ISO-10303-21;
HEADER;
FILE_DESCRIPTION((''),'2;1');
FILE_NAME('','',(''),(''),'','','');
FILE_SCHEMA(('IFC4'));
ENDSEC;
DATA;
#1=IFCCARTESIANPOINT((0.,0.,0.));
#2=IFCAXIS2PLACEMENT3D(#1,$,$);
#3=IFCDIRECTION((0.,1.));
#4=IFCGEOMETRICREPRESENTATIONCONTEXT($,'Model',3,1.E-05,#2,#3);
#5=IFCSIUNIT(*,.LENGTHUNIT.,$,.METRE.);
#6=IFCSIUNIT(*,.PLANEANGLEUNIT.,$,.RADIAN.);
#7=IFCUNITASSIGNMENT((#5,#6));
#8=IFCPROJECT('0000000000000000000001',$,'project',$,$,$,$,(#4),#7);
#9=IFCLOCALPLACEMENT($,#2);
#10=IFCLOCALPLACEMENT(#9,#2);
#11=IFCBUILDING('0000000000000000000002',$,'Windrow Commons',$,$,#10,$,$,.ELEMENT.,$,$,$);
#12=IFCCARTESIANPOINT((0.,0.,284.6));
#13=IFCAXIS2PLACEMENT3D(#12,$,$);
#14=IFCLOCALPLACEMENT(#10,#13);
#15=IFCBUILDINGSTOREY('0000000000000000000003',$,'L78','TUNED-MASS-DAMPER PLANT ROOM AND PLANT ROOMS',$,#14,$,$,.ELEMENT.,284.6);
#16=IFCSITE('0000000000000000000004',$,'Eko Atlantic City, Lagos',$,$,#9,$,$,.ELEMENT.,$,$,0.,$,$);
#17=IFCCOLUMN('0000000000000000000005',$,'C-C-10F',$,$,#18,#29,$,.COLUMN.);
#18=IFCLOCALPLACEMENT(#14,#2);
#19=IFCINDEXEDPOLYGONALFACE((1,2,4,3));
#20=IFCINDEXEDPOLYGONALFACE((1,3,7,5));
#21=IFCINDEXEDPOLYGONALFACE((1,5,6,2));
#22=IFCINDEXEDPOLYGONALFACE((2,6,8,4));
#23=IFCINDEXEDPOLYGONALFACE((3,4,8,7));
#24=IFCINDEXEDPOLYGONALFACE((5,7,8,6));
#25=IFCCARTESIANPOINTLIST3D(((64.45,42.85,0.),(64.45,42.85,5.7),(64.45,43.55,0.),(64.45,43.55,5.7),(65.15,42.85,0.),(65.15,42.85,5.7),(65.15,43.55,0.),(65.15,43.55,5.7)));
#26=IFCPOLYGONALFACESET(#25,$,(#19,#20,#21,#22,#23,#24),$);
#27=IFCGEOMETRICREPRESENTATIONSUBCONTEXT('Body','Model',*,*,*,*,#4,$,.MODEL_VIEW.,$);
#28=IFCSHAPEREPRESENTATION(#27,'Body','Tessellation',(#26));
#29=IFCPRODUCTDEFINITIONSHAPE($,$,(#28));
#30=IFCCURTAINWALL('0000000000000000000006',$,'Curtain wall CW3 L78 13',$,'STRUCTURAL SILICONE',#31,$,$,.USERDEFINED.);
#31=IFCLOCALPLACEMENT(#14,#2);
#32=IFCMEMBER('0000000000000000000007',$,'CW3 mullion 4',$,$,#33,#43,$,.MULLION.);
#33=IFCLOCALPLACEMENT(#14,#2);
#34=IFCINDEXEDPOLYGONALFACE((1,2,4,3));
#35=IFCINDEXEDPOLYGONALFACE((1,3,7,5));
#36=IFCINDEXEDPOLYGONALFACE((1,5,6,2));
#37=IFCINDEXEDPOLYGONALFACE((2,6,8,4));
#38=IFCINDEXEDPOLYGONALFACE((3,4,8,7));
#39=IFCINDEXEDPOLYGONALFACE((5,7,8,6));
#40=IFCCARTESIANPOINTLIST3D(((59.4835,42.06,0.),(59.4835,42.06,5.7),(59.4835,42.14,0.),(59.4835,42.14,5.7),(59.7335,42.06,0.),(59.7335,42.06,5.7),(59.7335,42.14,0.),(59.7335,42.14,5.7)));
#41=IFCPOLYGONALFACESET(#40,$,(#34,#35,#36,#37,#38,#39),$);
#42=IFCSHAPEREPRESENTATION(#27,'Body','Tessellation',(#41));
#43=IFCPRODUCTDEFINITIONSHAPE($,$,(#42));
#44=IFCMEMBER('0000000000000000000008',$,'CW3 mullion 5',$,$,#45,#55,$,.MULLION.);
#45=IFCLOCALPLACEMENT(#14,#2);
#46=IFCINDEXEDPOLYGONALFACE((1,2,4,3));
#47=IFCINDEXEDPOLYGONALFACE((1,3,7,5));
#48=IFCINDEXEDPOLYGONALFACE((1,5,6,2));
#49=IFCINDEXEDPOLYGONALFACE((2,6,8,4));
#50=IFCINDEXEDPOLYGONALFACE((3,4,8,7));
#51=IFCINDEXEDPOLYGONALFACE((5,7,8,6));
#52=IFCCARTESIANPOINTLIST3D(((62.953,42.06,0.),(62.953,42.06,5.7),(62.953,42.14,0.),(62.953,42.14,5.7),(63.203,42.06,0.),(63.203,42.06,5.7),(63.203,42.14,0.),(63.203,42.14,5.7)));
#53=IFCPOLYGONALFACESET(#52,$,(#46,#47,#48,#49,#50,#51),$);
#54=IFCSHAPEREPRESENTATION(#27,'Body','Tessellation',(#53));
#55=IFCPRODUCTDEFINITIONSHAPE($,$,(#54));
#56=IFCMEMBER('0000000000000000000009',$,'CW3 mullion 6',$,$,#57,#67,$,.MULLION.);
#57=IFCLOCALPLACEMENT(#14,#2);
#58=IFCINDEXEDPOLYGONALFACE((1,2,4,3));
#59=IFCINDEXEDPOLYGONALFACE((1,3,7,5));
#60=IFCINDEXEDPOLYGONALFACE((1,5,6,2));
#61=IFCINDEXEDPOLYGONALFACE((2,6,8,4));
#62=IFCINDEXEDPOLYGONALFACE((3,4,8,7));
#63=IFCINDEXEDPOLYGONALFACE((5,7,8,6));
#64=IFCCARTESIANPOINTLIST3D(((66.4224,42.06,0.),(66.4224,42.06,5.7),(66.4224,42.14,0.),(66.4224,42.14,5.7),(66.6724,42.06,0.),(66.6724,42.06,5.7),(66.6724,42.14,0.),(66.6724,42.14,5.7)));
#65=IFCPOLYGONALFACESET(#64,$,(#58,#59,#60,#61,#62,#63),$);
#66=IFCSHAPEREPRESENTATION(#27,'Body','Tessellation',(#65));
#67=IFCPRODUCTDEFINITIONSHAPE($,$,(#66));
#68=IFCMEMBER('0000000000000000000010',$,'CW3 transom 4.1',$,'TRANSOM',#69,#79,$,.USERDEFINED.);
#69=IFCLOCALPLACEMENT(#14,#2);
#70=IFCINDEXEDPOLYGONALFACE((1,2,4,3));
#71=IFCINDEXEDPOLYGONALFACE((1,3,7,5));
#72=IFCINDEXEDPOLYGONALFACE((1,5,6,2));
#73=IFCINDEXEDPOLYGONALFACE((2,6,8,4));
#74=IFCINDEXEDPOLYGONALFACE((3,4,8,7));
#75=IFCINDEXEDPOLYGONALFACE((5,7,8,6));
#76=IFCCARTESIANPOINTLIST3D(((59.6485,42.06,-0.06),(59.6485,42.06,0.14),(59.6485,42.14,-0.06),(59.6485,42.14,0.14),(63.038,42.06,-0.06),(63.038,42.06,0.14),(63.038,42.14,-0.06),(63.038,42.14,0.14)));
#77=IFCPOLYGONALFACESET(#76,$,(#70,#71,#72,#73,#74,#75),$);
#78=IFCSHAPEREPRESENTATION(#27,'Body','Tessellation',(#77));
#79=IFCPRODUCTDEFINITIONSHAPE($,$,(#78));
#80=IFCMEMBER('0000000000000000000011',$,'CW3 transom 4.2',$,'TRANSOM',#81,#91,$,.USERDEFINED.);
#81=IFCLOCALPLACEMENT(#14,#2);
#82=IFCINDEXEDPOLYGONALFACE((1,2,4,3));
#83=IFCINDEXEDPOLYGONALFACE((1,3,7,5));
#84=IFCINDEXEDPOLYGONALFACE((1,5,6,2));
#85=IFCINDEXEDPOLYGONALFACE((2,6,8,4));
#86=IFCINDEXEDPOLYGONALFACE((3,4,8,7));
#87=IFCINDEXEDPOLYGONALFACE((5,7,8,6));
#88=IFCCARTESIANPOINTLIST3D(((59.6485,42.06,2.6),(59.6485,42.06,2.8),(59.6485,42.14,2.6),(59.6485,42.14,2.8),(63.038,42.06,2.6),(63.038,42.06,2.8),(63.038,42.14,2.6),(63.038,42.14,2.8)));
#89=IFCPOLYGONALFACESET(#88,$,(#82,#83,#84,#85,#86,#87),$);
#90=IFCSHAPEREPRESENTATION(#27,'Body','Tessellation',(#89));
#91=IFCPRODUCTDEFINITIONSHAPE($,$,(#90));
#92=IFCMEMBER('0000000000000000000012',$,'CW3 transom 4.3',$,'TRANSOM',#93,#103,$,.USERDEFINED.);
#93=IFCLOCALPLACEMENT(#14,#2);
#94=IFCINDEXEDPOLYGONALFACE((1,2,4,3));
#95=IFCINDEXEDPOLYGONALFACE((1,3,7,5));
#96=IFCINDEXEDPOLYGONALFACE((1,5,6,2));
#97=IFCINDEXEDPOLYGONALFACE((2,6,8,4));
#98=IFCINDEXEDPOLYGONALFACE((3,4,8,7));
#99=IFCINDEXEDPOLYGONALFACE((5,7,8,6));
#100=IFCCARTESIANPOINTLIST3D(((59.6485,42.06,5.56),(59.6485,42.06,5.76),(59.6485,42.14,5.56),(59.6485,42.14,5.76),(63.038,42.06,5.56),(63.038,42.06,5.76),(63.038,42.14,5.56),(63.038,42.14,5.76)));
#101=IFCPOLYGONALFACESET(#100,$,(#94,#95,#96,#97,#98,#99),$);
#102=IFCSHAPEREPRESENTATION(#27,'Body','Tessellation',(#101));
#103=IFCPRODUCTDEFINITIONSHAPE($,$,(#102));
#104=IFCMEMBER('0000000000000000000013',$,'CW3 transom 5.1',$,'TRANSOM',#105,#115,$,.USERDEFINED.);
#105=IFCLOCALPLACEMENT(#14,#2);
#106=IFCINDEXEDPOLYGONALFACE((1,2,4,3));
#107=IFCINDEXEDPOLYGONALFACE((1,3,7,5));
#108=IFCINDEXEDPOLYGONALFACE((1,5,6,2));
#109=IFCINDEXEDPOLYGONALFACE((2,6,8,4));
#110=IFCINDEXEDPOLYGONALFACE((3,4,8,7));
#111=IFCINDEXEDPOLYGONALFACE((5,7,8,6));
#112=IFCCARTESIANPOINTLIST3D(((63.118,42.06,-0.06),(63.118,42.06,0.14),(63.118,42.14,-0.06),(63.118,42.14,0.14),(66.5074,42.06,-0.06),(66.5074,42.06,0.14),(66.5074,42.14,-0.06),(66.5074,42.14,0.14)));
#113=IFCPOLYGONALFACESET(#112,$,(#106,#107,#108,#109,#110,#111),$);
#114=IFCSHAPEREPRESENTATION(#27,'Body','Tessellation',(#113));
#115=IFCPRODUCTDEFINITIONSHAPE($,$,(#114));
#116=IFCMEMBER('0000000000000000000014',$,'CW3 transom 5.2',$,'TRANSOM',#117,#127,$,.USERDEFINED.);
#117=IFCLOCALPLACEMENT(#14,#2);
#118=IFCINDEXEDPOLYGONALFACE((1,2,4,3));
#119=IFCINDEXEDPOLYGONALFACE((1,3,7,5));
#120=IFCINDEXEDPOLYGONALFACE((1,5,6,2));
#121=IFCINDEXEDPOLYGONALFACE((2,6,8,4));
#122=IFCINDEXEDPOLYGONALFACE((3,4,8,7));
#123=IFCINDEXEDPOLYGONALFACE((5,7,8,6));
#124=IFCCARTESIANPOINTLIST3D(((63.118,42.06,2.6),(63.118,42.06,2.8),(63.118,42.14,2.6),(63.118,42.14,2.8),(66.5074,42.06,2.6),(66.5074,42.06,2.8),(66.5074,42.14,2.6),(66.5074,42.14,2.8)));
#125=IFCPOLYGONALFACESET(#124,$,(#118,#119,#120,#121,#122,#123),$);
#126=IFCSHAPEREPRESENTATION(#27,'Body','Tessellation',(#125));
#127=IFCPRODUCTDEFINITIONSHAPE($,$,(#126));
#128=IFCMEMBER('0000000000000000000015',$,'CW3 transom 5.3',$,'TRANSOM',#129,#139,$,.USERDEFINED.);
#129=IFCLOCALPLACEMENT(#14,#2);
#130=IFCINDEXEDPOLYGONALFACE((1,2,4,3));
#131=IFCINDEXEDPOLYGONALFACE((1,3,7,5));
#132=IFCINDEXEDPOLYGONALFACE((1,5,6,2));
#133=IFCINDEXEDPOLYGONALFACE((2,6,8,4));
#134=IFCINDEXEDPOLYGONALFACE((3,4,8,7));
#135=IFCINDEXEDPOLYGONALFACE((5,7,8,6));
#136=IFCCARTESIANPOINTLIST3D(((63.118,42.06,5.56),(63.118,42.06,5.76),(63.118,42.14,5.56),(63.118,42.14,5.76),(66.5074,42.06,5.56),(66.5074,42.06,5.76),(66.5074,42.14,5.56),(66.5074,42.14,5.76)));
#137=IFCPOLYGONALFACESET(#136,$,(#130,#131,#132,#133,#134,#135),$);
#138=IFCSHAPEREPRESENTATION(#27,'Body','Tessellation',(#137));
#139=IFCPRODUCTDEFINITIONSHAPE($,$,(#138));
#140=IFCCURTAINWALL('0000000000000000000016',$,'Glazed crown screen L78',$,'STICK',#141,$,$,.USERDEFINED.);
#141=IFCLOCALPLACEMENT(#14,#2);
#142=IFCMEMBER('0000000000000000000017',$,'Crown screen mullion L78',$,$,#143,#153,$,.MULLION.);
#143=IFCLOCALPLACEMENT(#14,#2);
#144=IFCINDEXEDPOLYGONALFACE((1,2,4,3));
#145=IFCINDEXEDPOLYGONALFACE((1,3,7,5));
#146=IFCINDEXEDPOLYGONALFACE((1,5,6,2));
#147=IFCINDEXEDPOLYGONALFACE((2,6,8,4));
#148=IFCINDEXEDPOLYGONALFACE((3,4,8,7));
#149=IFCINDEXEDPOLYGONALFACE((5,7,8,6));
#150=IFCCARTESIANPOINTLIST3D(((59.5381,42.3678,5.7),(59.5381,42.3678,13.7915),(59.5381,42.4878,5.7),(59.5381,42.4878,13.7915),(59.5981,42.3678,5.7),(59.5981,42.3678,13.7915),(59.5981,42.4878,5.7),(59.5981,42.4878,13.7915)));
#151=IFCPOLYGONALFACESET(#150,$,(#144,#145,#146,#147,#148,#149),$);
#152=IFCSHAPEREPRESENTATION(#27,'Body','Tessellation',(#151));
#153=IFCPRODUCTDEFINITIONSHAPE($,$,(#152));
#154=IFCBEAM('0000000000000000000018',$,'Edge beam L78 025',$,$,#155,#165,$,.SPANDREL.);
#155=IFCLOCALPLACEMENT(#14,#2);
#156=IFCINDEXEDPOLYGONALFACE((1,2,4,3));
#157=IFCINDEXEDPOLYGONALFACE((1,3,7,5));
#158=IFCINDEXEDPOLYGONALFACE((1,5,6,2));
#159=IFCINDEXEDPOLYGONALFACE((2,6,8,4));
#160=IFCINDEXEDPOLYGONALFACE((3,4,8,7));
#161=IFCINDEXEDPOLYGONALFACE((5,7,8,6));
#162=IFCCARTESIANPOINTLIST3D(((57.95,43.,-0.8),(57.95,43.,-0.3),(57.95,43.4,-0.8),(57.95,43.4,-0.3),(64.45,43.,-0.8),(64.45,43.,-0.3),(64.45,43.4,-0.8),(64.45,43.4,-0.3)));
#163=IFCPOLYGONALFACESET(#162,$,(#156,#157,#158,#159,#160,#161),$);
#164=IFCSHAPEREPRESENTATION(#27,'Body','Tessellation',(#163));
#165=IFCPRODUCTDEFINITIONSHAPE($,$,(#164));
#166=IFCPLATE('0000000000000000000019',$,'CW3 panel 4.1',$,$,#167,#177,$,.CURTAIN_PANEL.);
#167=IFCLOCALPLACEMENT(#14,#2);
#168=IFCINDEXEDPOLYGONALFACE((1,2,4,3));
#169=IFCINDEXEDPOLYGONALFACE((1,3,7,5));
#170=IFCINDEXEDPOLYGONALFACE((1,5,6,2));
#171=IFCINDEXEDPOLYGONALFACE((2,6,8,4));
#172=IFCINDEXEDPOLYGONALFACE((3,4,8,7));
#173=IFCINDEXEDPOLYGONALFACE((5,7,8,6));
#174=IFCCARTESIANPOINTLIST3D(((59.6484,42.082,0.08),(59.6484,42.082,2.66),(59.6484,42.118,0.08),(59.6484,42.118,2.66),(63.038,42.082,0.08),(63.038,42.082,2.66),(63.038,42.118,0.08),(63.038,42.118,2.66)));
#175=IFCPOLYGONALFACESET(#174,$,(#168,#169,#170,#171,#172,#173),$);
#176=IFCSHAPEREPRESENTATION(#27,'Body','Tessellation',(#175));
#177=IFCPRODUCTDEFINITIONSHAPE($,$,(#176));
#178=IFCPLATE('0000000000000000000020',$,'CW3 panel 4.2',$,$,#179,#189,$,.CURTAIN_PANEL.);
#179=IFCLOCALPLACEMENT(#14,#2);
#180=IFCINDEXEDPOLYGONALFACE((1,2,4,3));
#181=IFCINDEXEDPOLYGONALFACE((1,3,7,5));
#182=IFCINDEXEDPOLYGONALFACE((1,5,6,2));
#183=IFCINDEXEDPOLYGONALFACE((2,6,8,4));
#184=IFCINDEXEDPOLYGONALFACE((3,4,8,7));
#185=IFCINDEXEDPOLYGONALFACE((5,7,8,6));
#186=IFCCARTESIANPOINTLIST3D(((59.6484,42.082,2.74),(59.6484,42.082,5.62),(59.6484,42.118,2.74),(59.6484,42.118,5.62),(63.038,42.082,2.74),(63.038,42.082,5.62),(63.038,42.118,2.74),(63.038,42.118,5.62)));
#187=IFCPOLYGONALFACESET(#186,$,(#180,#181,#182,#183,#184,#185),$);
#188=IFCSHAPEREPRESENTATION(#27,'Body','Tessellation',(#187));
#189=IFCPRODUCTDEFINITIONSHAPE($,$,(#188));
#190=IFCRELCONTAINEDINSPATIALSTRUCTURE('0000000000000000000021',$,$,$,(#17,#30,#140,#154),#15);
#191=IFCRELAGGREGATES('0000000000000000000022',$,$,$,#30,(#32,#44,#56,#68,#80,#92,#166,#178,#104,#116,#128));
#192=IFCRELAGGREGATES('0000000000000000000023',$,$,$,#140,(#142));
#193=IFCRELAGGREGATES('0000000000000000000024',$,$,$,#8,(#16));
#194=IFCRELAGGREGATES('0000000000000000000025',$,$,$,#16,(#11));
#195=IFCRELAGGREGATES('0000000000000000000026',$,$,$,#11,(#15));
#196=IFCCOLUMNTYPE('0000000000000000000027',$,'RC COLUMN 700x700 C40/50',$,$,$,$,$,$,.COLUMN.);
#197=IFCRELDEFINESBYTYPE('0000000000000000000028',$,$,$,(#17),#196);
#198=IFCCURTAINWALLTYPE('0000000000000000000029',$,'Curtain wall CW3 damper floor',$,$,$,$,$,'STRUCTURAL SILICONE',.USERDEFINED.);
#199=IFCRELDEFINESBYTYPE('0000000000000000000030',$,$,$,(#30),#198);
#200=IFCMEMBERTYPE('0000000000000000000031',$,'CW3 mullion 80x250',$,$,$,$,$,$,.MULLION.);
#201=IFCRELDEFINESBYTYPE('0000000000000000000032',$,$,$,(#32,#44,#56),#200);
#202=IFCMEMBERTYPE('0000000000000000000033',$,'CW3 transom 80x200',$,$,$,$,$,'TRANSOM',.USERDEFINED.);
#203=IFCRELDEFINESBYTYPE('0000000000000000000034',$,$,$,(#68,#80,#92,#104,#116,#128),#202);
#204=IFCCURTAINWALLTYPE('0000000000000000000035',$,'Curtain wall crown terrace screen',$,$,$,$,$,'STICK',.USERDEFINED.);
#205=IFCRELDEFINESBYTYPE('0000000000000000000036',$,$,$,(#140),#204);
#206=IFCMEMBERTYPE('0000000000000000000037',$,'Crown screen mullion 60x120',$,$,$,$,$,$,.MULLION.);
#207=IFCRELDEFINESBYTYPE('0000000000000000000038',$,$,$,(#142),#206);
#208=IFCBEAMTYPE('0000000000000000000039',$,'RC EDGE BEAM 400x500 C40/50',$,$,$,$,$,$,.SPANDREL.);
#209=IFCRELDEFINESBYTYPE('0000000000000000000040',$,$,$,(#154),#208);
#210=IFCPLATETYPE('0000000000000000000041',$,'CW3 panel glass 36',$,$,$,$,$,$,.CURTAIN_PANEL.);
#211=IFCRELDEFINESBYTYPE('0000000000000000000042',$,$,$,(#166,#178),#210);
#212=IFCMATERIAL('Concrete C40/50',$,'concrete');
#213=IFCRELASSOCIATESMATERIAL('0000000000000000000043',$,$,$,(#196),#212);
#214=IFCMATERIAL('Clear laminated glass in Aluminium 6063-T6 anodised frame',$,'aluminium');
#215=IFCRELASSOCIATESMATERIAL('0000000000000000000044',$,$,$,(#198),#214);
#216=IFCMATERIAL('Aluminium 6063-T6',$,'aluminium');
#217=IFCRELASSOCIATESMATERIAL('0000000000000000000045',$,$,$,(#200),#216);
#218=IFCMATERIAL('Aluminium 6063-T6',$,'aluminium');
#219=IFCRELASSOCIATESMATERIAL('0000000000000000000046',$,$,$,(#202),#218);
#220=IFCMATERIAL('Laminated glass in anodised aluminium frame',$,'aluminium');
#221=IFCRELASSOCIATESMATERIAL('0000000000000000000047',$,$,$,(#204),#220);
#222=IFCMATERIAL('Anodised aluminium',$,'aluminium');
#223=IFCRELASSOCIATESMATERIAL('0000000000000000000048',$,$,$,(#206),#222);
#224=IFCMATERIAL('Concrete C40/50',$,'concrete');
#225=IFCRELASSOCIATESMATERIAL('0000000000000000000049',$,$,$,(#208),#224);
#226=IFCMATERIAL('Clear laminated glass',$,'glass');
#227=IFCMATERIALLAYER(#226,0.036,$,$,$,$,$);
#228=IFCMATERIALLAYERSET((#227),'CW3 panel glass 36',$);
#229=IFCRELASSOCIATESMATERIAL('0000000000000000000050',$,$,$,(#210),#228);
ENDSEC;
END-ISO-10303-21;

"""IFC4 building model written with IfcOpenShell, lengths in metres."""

from ifc_helpers import new_model, si_unit, direction, frame, origin, origin_2d, place, context, subcontext, project, spatial, rectangle, extrude, material, layer, layer_set, material_profile, profile_set, type_object, element, aggregate, save


model = new_model("IFC4")

# Units and contexts
model_context = context("Model", 3, precision=1e-05, world=origin(), true_north=direction((0.0, 1.0)))
body_context = subcontext(model_context, "Body", "Model", "MODEL_VIEW")
ifc_project = project(units=[si_unit("LENGTHUNIT", "METRE"), si_unit("PLANEANGLEUNIT", "RADIAN")], contexts=[model_context])

# Site, building, storey
site_placement = place(None, origin())
site = spatial("IfcSite", under=ifc_project, at=site_placement, Name="Eko Atlantic City, Lagos", CompositionType="ELEMENT", RefElevation=0.0)
building_placement = place(site_placement, origin())
building = spatial("IfcBuilding", under=site, at=building_placement, Name="Windrow Commons", CompositionType="ELEMENT")
storey_placement = place(building_placement, frame((0.0, 0.0, 284.6)))
storey = spatial("IfcBuildingStorey", under=building, at=storey_placement, Name="L78", Description="TUNED-MASS-DAMPER PLANT ROOM AND PLANT ROOMS", CompositionType="ELEMENT", Elevation=284.6)

# Column
ifc_material_1 = material(Name="Concrete C40/50", Category="concrete")
ifc_material_profile_1 = material_profile(ifc_material_1, rectangle(XDim=0.7, YDim=0.7, at=origin_2d()))
ifc_profile_set_1 = profile_set([ifc_material_profile_1], Name="Concrete C40/50")
column_type = type_object("IfcColumnType", Name="RC COLUMN 700x700 C40/50", PredefinedType="COLUMN", material=ifc_profile_set_1)
column_placement = place(storey_placement, frame((64.8, 43.2, 0.0), z_axis=(0.0, 0.0, 1.0), x_axis=(1.0, 0.0, 0.0)))
element("IfcColumn", 1, at=column_placement, inside=storey, type_object=column_type, Name="C-C-10F", PredefinedType="COLUMN", context=body_context, shape_type="SweptSolid", body=[
    extrude(rectangle(XDim=0.7, YDim=0.7, at=origin_2d()), origin(), (0.0, 0.0, 1.0), 5.7),
])

# Curtain wall, members
ifc_material_2 = material(Name="Clear laminated glass in Aluminium 6063-T6 anodised frame", Category="aluminium")
curtain_wall_type_1 = type_object("IfcCurtainWallType", Name="Curtain wall CW3 damper floor", ElementType="STRUCTURAL SILICONE", PredefinedType="USERDEFINED", material=ifc_material_2)
placement = place(storey_placement, origin())
curtain_wall_1 = element("IfcCurtainWall", 2, at=placement, inside=storey, type_object=curtain_wall_type_1, Name="Curtain wall CW3 L78 13", ObjectType="STRUCTURAL SILICONE", PredefinedType="USERDEFINED")
ifc_material_3 = material(Name="Aluminium 6063-T6", Category="aluminium")
ifc_material_profile_2 = material_profile(ifc_material_3, rectangle(XDim=0.08, YDim=0.25, at=origin_2d()))
ifc_profile_set_2 = profile_set([ifc_material_profile_2], Name="Aluminium 6063-T6")
member_type_1 = type_object("IfcMemberType", Name="CW3 mullion 80x250", PredefinedType="MULLION", material=ifc_profile_set_2)
member_1_placement = place(storey_placement, frame((59.6085, 42.1, 0.0), z_axis=(0.0, 0.0, 1.0), x_axis=(0.0, 1.0, 0.0)))
member_1 = element("IfcMember", 3, at=member_1_placement, type_object=member_type_1, Name="CW3 mullion 4", PredefinedType="MULLION", context=body_context, shape_type="SweptSolid", body=[
    extrude(rectangle(XDim=0.08, YDim=0.25, at=origin_2d()), origin(), (0.0, 0.0, 1.0), 5.7),
])
member_2_placement = place(storey_placement, frame((63.078, 42.1, 0.0), z_axis=(0.0, 0.0, 1.0), x_axis=(0.0, 1.0, 0.0)))
member_2 = element("IfcMember", 4, at=member_2_placement, type_object=member_type_1, Name="CW3 mullion 5", PredefinedType="MULLION", context=body_context, shape_type="SweptSolid", body=[
    extrude(rectangle(XDim=0.08, YDim=0.25, at=origin_2d()), origin(), (0.0, 0.0, 1.0), 5.7),
])
member_3_placement = place(storey_placement, frame((66.5474, 42.1, 0.0), z_axis=(0.0, 0.0, 1.0), x_axis=(0.0, 1.0, 0.0)))
member_3 = element("IfcMember", 5, at=member_3_placement, type_object=member_type_1, Name="CW3 mullion 6", PredefinedType="MULLION", context=body_context, shape_type="SweptSolid", body=[
    extrude(rectangle(XDim=0.08, YDim=0.25, at=origin_2d()), origin(), (0.0, 0.0, 1.0), 5.7),
])
ifc_material_4 = material(Name="Aluminium 6063-T6", Category="aluminium")
ifc_material_profile_3 = material_profile(ifc_material_4, rectangle(XDim=0.08, YDim=0.2, at=origin_2d()))
ifc_profile_set_3 = profile_set([ifc_material_profile_3], Name="Aluminium 6063-T6")
member_type_2 = type_object("IfcMemberType", Name="CW3 transom 80x200", ElementType="TRANSOM", PredefinedType="USERDEFINED", material=ifc_profile_set_3)
member_4_placement = place(storey_placement, frame((59.6485, 42.1, 0.04), z_axis=(1.0, 0.0, 0.0), x_axis=(0.0, 1.0, 0.0)))
member_4 = element("IfcMember", 6, at=member_4_placement, type_object=member_type_2, Name="CW3 transom 4.1", ObjectType="TRANSOM", PredefinedType="USERDEFINED", context=body_context, shape_type="SweptSolid", body=[
    extrude(rectangle(XDim=0.08, YDim=0.2, at=origin_2d()), origin(), (0.0, 0.0, 1.0), 3.3895),
])
member_5_placement = place(storey_placement, frame((59.6485, 42.1, 2.7), z_axis=(1.0, 0.0, 0.0), x_axis=(0.0, 1.0, 0.0)))
member_5 = element("IfcMember", 7, at=member_5_placement, type_object=member_type_2, Name="CW3 transom 4.2", ObjectType="TRANSOM", PredefinedType="USERDEFINED", context=body_context, shape_type="SweptSolid", body=[
    extrude(rectangle(XDim=0.08, YDim=0.2, at=origin_2d()), origin(), (0.0, 0.0, 1.0), 3.3895),
])
member_6_placement = place(storey_placement, frame((59.6485, 42.1, 5.66), z_axis=(1.0, 0.0, 0.0), x_axis=(0.0, 1.0, 0.0)))
member_6 = element("IfcMember", 8, at=member_6_placement, type_object=member_type_2, Name="CW3 transom 4.3", ObjectType="TRANSOM", PredefinedType="USERDEFINED", context=body_context, shape_type="SweptSolid", body=[
    extrude(rectangle(XDim=0.08, YDim=0.2, at=origin_2d()), origin(), (0.0, 0.0, 1.0), 3.3895),
])
member_7_placement = place(storey_placement, frame((63.118, 42.1, 0.04), z_axis=(1.0, 0.0, 0.0), x_axis=(0.0, 1.0, 0.0)))
member_7 = element("IfcMember", 9, at=member_7_placement, type_object=member_type_2, Name="CW3 transom 5.1", ObjectType="TRANSOM", PredefinedType="USERDEFINED", context=body_context, shape_type="SweptSolid", body=[
    extrude(rectangle(XDim=0.08, YDim=0.2, at=origin_2d()), origin(), (0.0, 0.0, 1.0), 3.3894),
])
member_8_placement = place(storey_placement, frame((63.118, 42.1, 2.7), z_axis=(1.0, 0.0, 0.0), x_axis=(0.0, 1.0, 0.0)))
member_8 = element("IfcMember", 10, at=member_8_placement, type_object=member_type_2, Name="CW3 transom 5.2", ObjectType="TRANSOM", PredefinedType="USERDEFINED", context=body_context, shape_type="SweptSolid", body=[
    extrude(rectangle(XDim=0.08, YDim=0.2, at=origin_2d()), origin(), (0.0, 0.0, 1.0), 3.3894),
])
member_9_placement = place(storey_placement, frame((63.118, 42.1, 5.66), z_axis=(1.0, 0.0, 0.0), x_axis=(0.0, 1.0, 0.0)))
member_9 = element("IfcMember", 11, at=member_9_placement, type_object=member_type_2, Name="CW3 transom 5.3", ObjectType="TRANSOM", PredefinedType="USERDEFINED", context=body_context, shape_type="SweptSolid", body=[
    extrude(rectangle(XDim=0.08, YDim=0.2, at=origin_2d()), origin(), (0.0, 0.0, 1.0), 3.3894),
])

# Curtain wall, member
ifc_material_5 = material(Name="Laminated glass in anodised aluminium frame", Category="aluminium")
curtain_wall_type_2 = type_object("IfcCurtainWallType", Name="Curtain wall crown terrace screen", ElementType="STICK", PredefinedType="USERDEFINED", material=ifc_material_5)
curtain_wall_2 = element("IfcCurtainWall", 12, at=placement, inside=storey, type_object=curtain_wall_type_2, Name="Glazed crown screen L78", ObjectType="STICK", PredefinedType="USERDEFINED")
ifc_material_6 = material(Name="Anodised aluminium", Category="aluminium")
ifc_material_profile_4 = material_profile(ifc_material_6, rectangle(XDim=0.06, YDim=0.12, at=origin_2d()))
ifc_profile_set_4 = profile_set([ifc_material_profile_4], Name="Anodised aluminium")
member_type_3 = type_object("IfcMemberType", Name="Crown screen mullion 60x120", PredefinedType="MULLION", material=ifc_profile_set_4)
member_10_placement = place(storey_placement, frame((59.5681, 42.4278, 5.7), z_axis=(0.0, 0.0, 1.0), x_axis=(1.0, 0.0, 0.0)))
member_10 = element("IfcMember", 13, at=member_10_placement, type_object=member_type_3, Name="Crown screen mullion L78", PredefinedType="MULLION", context=body_context, shape_type="SweptSolid", body=[
    extrude(rectangle(XDim=0.06, YDim=0.12, at=origin_2d()), origin(), (0.0, 0.0, 1.0), 8.0915),
])

# Beam
ifc_material_7 = material(Name="Concrete C40/50", Category="concrete")
ifc_material_profile_5 = material_profile(ifc_material_7, rectangle(XDim=0.4, YDim=0.5, at=origin_2d()))
ifc_profile_set_5 = profile_set([ifc_material_profile_5], Name="Concrete C40/50")
beam_type = type_object("IfcBeamType", Name="RC EDGE BEAM 400x500 C40/50", PredefinedType="SPANDREL", material=ifc_profile_set_5)
beam_placement = place(storey_placement, frame((64.45, 43.2, -0.55), z_axis=(-1.0, 0.0, 0.0), x_axis=(0.0, -1.0, 0.0)))
element("IfcBeam", 14, at=beam_placement, inside=storey, type_object=beam_type, Name="Edge beam L78 025", PredefinedType="SPANDREL", context=body_context, shape_type="SweptSolid", body=[
    extrude(rectangle(XDim=0.4, YDim=0.5, at=origin_2d()), origin(), (0.0, 0.0, 1.0), 6.5),
])

# Plates
ifc_material_8 = material(Name="Clear laminated glass", Category="glass")
ifc_layer_1 = layer(ifc_material_8, 0.036)
ifc_layer_set_1 = layer_set([ifc_layer_1], Name="CW3 panel glass 36")
plate_type_1 = type_object("IfcPlateType", Name="CW3 panel glass 36", PredefinedType="CURTAIN_PANEL", material=ifc_layer_set_1)
plate_1_placement = place(storey_placement, frame((61.3432, 42.1, 0.08), z_axis=(0.0, 0.0, 1.0), x_axis=(1.0, 0.0, 0.0)))
plate_1 = element("IfcPlate", 15, at=plate_1_placement, type_object=plate_type_1, Name="CW3 panel 4.1", PredefinedType="CURTAIN_PANEL", context=body_context, shape_type="SweptSolid", body=[
    extrude(rectangle(XDim=3.3895, YDim=0.036, at=origin_2d()), origin(), (0.0, 0.0, 1.0), 2.58),
])
plate_2_placement = place(storey_placement, frame((61.3432, 42.1, 2.74), z_axis=(0.0, 0.0, 1.0), x_axis=(1.0, 0.0, 0.0)))
plate_2 = element("IfcPlate", 16, at=plate_2_placement, type_object=plate_type_1, Name="CW3 panel 4.2", PredefinedType="CURTAIN_PANEL", context=body_context, shape_type="SweptSolid", body=[
    extrude(rectangle(XDim=3.3895, YDim=0.036, at=origin_2d()), origin(), (0.0, 0.0, 1.0), 2.88),
])
aggregate(curtain_wall_1, [member_1, member_2, member_3, member_4, member_5, member_6, plate_1, plate_2, member_7, member_8, member_9])
aggregate(curtain_wall_2, [member_10])

save(model, "model.ifc")
